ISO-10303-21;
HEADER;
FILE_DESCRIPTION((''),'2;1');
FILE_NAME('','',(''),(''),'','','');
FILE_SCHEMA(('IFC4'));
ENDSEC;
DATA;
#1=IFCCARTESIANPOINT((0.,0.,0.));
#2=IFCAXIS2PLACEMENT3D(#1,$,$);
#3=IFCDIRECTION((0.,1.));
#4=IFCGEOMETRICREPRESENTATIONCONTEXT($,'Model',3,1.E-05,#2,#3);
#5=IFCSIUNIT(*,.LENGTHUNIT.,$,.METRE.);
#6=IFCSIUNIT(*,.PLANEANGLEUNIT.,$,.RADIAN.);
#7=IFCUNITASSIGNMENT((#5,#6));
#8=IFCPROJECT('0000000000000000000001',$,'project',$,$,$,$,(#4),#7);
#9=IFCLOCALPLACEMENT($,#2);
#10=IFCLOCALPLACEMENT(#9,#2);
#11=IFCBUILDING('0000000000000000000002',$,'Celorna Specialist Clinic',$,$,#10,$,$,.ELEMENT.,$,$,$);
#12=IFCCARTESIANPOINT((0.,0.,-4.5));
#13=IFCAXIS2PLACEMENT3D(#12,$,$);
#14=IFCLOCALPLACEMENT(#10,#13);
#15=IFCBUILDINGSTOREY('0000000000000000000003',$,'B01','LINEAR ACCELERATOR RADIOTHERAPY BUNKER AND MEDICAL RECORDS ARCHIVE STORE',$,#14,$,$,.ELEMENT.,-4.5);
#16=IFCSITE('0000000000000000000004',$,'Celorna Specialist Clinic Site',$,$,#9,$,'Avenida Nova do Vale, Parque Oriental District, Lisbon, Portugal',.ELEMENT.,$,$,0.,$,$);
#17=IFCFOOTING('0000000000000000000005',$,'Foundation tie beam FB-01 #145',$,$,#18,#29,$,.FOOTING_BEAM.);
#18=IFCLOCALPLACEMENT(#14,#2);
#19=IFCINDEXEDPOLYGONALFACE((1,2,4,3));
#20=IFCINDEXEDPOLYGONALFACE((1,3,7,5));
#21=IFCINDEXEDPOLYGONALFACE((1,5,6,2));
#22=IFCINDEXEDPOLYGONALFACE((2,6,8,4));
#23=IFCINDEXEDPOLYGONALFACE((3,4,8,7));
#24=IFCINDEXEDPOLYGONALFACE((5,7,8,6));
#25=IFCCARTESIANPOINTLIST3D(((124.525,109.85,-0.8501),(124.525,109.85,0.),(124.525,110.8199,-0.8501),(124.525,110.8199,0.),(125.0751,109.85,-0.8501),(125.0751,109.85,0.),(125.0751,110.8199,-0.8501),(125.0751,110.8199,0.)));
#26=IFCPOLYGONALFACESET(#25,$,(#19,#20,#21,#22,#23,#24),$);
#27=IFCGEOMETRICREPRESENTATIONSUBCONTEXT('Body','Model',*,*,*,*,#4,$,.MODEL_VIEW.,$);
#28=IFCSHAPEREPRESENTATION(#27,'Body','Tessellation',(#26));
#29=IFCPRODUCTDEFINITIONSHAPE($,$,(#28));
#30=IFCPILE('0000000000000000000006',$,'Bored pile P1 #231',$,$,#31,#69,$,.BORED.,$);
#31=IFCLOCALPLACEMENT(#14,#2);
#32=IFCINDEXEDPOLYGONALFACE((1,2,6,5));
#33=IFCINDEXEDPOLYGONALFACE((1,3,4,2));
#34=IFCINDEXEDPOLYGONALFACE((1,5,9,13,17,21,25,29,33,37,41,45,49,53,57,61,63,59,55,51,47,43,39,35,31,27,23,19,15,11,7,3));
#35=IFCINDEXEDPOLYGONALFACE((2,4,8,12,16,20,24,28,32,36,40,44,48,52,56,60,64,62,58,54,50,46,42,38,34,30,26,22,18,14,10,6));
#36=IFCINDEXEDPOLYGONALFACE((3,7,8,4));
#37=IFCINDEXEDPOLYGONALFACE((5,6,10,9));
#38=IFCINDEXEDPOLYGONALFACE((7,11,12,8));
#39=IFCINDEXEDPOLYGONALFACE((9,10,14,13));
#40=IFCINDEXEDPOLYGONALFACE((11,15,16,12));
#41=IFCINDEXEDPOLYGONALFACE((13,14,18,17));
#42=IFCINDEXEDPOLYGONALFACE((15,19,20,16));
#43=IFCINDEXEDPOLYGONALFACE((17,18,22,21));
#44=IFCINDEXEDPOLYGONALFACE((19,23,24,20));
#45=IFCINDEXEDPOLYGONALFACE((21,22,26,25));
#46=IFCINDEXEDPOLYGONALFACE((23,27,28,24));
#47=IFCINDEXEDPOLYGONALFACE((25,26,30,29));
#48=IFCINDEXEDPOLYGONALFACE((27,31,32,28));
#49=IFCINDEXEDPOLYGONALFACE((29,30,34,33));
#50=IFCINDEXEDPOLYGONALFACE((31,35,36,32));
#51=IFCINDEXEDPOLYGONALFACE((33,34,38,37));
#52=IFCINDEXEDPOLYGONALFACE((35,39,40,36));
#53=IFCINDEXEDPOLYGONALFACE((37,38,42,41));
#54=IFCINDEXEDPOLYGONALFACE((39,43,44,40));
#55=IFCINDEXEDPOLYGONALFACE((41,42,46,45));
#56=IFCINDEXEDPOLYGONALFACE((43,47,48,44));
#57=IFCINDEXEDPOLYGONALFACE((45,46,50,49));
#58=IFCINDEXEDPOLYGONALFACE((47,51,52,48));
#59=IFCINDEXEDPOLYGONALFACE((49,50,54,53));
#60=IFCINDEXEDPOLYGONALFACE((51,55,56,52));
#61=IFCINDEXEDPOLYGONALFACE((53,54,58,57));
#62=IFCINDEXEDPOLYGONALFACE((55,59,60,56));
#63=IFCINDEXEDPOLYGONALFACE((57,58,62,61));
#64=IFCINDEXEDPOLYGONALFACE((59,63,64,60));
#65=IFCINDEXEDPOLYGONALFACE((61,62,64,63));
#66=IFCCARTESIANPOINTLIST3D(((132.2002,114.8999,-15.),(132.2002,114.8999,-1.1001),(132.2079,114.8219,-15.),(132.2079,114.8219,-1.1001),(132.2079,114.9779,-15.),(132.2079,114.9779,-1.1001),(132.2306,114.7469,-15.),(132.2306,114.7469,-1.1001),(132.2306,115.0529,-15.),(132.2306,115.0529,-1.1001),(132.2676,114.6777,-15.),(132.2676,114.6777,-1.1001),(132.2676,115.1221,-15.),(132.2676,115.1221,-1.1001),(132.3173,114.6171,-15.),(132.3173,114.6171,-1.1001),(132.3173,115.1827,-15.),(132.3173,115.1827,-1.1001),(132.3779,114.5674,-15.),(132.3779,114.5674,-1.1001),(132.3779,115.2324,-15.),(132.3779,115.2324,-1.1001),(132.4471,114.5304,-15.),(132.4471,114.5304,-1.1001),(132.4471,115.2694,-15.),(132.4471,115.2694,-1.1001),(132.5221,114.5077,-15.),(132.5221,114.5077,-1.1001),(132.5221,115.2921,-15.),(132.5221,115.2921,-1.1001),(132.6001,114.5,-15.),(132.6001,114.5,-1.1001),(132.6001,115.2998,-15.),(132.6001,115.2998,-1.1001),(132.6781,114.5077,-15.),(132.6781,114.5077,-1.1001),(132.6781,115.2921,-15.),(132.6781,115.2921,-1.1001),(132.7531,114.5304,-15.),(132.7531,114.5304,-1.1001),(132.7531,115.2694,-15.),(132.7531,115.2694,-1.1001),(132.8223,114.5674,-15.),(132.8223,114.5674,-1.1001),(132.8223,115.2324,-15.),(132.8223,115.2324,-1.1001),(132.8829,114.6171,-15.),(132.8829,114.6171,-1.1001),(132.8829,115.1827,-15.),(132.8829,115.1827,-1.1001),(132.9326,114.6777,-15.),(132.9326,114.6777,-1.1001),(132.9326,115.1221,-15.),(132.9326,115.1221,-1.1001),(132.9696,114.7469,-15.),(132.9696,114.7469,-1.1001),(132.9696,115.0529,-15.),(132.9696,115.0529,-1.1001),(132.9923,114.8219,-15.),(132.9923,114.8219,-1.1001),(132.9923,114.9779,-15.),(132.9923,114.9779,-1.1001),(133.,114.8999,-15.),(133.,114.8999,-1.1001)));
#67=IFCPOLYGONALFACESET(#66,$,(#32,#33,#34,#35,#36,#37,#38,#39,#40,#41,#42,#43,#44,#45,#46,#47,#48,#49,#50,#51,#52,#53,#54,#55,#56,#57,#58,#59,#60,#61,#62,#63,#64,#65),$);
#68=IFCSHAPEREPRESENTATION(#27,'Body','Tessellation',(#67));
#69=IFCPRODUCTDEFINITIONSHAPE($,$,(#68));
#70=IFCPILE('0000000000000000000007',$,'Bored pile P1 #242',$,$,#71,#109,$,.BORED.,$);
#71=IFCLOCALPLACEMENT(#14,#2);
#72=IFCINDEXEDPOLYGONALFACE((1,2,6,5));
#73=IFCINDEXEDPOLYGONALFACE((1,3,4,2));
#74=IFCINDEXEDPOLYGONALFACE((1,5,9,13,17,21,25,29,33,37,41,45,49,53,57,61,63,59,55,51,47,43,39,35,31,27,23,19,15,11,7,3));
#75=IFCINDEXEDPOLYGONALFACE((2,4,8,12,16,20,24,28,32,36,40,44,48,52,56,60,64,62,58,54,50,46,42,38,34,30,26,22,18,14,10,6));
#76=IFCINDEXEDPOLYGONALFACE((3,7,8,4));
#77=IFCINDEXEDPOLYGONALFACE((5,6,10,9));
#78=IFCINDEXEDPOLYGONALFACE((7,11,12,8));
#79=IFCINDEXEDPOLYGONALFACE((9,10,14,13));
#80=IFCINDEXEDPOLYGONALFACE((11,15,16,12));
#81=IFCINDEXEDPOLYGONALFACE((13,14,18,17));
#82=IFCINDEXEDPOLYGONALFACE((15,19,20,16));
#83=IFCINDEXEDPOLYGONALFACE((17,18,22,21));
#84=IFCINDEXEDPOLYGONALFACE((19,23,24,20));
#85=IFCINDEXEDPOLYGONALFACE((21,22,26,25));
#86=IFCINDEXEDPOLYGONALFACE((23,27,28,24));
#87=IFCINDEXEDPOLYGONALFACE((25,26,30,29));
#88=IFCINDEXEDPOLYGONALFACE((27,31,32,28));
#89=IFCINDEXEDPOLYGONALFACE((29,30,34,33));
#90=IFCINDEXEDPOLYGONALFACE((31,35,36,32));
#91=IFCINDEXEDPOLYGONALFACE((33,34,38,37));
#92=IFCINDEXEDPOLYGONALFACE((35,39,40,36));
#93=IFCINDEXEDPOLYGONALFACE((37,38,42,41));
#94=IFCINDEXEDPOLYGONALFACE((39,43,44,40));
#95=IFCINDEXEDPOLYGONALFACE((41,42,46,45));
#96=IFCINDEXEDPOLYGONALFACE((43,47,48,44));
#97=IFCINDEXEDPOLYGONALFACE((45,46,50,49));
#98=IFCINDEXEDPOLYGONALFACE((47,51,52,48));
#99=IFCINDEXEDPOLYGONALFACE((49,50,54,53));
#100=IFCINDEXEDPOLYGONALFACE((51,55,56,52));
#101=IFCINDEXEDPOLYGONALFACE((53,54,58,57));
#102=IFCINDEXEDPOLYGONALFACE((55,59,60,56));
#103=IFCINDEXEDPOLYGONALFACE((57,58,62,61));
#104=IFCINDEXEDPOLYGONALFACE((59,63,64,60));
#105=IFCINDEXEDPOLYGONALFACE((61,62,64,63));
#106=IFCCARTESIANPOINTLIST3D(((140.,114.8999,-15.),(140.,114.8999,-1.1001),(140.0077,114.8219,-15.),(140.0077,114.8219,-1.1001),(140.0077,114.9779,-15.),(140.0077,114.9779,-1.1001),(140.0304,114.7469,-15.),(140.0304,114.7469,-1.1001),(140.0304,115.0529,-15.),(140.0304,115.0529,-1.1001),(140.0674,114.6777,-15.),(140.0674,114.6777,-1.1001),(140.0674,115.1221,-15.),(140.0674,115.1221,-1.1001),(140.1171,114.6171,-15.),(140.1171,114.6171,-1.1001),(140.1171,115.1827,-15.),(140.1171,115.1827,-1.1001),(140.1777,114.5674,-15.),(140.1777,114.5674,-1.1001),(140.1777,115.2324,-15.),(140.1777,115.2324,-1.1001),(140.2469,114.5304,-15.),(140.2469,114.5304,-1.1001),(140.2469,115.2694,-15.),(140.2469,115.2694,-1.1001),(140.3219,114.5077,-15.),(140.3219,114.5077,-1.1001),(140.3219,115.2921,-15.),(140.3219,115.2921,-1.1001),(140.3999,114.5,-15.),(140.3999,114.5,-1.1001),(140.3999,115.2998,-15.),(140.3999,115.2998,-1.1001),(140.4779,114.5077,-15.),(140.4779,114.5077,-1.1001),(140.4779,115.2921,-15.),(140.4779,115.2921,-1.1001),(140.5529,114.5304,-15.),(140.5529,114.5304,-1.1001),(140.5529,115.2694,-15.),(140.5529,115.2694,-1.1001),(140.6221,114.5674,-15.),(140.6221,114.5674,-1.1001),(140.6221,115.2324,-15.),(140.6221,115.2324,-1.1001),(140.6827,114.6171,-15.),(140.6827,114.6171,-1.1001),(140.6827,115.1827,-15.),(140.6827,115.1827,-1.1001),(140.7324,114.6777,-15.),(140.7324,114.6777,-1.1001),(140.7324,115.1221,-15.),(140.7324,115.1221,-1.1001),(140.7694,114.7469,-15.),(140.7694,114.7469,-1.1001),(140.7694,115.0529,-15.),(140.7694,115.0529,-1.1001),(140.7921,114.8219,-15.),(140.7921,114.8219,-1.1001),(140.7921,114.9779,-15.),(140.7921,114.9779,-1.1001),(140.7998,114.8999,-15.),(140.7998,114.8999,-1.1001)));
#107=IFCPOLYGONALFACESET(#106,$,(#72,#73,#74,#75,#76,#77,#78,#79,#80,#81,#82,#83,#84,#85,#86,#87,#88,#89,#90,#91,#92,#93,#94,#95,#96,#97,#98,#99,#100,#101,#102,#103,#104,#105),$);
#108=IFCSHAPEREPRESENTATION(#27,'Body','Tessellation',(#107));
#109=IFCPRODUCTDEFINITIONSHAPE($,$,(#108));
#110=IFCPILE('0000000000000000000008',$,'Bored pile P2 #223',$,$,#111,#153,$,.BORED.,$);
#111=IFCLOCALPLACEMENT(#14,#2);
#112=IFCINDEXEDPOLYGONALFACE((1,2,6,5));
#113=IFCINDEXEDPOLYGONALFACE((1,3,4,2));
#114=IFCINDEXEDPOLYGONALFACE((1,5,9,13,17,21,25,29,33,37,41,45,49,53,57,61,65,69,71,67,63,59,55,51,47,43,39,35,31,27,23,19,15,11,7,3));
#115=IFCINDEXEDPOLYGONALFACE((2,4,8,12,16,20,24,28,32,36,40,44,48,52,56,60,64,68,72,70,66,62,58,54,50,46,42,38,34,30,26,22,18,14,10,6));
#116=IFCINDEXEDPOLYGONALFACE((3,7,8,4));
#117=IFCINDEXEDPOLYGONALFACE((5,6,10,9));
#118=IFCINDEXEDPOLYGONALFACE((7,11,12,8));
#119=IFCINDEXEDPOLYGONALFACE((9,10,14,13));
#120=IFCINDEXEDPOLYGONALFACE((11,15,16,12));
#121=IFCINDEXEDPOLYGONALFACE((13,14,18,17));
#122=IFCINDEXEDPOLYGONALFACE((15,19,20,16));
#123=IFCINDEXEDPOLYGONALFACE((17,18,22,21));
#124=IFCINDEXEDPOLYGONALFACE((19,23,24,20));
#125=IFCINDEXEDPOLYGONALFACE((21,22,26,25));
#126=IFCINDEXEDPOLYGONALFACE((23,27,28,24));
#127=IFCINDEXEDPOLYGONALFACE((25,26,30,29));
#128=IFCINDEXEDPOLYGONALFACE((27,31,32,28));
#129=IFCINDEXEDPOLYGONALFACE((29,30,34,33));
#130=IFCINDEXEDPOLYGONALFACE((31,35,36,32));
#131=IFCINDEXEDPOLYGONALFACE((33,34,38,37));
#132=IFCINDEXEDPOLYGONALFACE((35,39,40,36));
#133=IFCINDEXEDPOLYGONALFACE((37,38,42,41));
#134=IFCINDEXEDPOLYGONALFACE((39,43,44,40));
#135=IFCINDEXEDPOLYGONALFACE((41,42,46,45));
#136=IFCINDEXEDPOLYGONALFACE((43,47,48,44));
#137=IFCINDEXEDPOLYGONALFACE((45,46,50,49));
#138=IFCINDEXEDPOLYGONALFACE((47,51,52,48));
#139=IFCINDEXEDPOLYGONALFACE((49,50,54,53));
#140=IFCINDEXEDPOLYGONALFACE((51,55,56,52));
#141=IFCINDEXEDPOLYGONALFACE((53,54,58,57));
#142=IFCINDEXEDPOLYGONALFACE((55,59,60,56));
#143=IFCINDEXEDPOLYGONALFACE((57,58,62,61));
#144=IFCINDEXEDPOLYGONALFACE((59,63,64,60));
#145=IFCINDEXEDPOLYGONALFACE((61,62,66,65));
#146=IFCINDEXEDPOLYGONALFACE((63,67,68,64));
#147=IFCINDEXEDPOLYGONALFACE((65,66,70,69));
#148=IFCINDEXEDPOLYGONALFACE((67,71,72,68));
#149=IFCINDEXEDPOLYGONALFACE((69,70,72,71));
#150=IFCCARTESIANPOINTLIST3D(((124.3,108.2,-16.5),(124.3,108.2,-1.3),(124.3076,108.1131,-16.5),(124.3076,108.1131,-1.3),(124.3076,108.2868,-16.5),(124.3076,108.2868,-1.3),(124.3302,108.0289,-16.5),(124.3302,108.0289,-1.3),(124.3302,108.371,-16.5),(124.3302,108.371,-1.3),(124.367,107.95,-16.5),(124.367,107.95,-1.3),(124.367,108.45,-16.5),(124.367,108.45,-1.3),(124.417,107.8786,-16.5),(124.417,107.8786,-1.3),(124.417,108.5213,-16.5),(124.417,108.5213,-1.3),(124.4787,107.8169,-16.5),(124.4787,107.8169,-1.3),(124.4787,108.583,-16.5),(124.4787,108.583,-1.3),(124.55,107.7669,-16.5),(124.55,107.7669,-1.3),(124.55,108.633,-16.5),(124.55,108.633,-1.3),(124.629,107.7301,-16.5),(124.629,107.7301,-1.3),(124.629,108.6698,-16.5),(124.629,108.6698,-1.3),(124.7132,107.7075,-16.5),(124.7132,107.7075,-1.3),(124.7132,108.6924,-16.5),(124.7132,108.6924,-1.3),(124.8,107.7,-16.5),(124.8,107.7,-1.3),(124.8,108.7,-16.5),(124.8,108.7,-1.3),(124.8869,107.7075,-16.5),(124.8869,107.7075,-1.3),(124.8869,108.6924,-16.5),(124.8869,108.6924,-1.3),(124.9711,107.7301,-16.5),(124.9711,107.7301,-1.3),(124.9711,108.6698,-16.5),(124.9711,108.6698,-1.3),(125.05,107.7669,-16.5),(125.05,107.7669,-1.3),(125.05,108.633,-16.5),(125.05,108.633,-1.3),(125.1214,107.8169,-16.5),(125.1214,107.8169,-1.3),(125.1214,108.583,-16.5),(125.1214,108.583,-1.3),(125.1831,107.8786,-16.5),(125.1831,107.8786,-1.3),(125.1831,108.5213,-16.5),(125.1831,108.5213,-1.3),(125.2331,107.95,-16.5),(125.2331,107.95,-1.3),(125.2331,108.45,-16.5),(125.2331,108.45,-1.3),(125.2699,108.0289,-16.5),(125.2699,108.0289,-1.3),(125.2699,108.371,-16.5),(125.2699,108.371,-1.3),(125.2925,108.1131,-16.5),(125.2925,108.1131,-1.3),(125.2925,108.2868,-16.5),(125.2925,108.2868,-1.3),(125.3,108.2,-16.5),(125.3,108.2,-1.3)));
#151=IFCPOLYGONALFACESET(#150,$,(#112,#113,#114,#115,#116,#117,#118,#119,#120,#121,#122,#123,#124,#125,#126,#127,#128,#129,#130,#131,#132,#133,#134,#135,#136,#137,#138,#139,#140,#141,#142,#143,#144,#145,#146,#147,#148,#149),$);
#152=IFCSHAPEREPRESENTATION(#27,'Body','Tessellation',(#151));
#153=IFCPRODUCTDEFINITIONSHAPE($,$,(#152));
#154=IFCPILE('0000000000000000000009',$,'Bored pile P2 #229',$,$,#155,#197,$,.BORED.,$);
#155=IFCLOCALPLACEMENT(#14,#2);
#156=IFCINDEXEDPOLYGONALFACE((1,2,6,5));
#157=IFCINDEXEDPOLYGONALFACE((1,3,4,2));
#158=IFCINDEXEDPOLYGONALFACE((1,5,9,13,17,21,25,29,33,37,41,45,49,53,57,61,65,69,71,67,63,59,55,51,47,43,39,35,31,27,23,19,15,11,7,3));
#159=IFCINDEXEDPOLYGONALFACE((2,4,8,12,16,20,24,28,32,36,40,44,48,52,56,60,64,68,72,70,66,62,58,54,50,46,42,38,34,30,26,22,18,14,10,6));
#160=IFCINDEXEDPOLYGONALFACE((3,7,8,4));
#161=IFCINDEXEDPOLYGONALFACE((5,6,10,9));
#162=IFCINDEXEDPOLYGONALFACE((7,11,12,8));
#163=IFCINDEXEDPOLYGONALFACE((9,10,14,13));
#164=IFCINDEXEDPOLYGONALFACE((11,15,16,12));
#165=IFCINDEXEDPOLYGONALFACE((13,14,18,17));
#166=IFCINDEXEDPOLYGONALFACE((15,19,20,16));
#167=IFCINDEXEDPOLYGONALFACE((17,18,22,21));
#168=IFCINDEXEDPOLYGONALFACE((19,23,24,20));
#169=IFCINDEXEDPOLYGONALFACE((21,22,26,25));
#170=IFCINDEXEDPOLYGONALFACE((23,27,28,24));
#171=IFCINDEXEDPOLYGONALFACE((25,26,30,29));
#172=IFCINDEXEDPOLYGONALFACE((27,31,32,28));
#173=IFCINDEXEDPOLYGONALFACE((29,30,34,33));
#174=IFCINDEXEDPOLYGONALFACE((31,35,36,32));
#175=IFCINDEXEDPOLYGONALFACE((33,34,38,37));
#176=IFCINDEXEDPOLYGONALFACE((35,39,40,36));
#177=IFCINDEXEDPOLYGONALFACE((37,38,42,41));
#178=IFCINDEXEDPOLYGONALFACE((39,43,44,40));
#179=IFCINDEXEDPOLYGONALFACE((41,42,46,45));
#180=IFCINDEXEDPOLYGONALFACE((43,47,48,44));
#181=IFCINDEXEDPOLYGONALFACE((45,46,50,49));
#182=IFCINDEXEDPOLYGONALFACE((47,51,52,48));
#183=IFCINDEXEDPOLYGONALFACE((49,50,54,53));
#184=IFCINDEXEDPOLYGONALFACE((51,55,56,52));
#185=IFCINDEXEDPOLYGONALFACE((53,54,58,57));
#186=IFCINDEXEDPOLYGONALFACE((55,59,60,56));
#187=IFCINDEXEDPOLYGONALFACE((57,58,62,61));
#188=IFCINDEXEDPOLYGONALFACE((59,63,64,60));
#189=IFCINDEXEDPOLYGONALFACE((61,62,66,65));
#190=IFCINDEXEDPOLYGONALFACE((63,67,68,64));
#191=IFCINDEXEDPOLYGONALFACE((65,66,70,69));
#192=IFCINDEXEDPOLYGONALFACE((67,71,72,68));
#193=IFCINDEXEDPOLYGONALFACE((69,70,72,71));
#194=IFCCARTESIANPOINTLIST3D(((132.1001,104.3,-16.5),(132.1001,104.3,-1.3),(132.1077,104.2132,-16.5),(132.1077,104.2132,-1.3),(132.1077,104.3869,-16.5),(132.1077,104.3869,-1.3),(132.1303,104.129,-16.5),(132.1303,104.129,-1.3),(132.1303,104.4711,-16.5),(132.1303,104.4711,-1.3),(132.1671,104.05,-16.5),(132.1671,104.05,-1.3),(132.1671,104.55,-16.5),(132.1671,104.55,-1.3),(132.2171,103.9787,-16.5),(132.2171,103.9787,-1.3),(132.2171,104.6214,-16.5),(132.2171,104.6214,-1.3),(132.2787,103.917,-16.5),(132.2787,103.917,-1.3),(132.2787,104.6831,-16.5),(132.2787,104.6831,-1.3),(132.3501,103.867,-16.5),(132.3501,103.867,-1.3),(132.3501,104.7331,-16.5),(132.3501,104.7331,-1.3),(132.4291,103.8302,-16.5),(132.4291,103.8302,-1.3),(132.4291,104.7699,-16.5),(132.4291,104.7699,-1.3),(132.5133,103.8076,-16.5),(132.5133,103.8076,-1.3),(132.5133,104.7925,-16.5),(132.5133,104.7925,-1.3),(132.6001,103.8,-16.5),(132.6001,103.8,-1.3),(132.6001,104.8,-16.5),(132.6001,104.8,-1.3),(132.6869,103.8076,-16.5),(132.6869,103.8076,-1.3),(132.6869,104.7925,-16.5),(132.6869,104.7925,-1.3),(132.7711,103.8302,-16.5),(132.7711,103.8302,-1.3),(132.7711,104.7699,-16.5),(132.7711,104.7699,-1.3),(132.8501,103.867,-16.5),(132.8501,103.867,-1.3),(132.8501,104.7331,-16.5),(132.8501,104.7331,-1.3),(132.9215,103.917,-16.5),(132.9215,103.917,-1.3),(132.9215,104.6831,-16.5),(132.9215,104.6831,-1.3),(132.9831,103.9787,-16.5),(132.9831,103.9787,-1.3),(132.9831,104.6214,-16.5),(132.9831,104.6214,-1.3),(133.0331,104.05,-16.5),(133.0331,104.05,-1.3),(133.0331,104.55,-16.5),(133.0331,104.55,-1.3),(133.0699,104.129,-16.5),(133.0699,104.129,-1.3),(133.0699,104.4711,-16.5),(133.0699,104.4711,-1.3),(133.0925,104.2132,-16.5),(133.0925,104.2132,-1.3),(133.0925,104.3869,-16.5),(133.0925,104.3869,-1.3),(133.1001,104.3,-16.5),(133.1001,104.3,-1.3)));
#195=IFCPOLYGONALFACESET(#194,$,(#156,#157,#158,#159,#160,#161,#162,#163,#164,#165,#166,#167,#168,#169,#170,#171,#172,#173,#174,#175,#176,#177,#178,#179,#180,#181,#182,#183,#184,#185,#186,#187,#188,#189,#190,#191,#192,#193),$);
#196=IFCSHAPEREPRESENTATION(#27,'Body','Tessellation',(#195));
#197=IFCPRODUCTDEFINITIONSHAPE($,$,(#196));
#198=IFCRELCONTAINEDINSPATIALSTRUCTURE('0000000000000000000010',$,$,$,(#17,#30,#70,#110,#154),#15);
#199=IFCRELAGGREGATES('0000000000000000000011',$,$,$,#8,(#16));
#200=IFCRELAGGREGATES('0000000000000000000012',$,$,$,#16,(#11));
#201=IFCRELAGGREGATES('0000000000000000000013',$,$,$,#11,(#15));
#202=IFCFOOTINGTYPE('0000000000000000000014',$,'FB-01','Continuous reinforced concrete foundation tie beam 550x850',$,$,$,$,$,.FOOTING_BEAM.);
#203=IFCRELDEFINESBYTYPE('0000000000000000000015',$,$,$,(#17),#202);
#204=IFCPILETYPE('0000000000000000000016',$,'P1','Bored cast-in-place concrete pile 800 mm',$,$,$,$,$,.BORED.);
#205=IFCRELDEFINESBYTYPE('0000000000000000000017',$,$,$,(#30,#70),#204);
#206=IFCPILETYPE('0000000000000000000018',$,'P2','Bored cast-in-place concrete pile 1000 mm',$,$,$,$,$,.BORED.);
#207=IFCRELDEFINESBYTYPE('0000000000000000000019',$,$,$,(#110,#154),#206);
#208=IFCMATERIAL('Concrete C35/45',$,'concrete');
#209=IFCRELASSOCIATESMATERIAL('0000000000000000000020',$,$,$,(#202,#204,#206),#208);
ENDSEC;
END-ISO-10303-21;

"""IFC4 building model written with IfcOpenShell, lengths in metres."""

from ifc_helpers import new_model, si_unit, direction, frame, origin, origin_2d, place, context, subcontext, project, spatial, rectangle, circle, extrude, material, material_profile, profile_set, type_object, element, save


model = new_model("IFC4")

# Units and contexts
model_context = context("Model", 3, precision=1e-05, world=origin(), true_north=direction((0.0, 1.0)))
body_context = subcontext(model_context, "Body", "Model", "MODEL_VIEW")
ifc_project = project(units=[si_unit("LENGTHUNIT", "METRE"), si_unit("PLANEANGLEUNIT", "RADIAN")], contexts=[model_context])

# Site, building, storey
site_placement = place(None, origin())
site = spatial("IfcSite", under=ifc_project, at=site_placement, Name="Celorna Specialist Clinic Site", LongName="Avenida Nova do Vale, Parque Oriental District, Lisbon, Portugal", CompositionType="ELEMENT", RefElevation=0.0)
building_placement = place(site_placement, origin())
building = spatial("IfcBuilding", under=site, at=building_placement, Name="Celorna Specialist Clinic", CompositionType="ELEMENT")
storey_placement = place(building_placement, frame((0.0, 0.0, -4.5)))
storey = spatial("IfcBuildingStorey", under=building, at=storey_placement, Name="B01", Description="LINEAR ACCELERATOR RADIOTHERAPY BUNKER AND MEDICAL RECORDS ARCHIVE STORE", CompositionType="ELEMENT", Elevation=-4.5)

# Footing
ifc_material_1 = material(Name="Concrete C35/45", Category="concrete")
footing_type_1 = type_object("IfcFootingType", Name="FB-01", Description="Continuous reinforced concrete foundation tie beam 550x850", PredefinedType="FOOTING_BEAM", material=ifc_material_1)
footing_placement = place(storey_placement, frame((124.8, 110.335, -0.8501), z_axis=(0.0, 0.0, 1.0), x_axis=(0.0, 1.0, 0.0)))
element("IfcFooting", 1, at=footing_placement, inside=storey, type_object=footing_type_1, Name="Foundation tie beam FB-01 #145", PredefinedType="FOOTING_BEAM", context=body_context, shape_type="SweptSolid", body=[
    extrude(rectangle(XDim=0.97, YDim=0.55, at=origin_2d()), origin(), (0.0, 0.0, 1.0), 0.8501),
])

# Piles
ifc_material_profile_1 = material_profile(ifc_material_1, circle(Radius=0.3999, at=origin_2d()), Name="BORED PILE 800")
ifc_profile_set_1 = profile_set([ifc_material_profile_1], Name="Concrete C35/45")
pile_type_1 = type_object("IfcPileType", Name="P1", Description="Bored cast-in-place concrete pile 800 mm", PredefinedType="BORED", material=ifc_profile_set_1)
for number, where, z_axis, x_axis, name in (
    (2, (132.6001, 114.8999, -1.1001), (0.0, 0.0, -1.0), (1.0, 0.0, 0.0), "Bored pile P1 #231"),
    (3, (140.3999, 114.8999, -1.1001), (0.0, 0.0, -1.0), (1.0, 0.0, 0.0), "Bored pile P1 #242"),
):
    element("IfcPile", number, at=place(storey_placement, frame(where, z_axis=z_axis, x_axis=x_axis)), inside=storey, type_object=pile_type_1, Name=name, PredefinedType="BORED", context=body_context, shape_type="SweptSolid", body=[
        extrude(circle(Radius=0.3999, at=origin_2d()), origin(), (0.0, 0.0, 1.0), 13.8999),
    ])
ifc_material_profile_2 = material_profile(ifc_material_1, circle(Radius=0.5, at=origin_2d()), Name="BORED PILE 1000")
ifc_profile_set_2 = profile_set([ifc_material_profile_2], Name="Concrete C35/45")
pile_type_2 = type_object("IfcPileType", Name="P2", Description="Bored cast-in-place concrete pile 1000 mm", PredefinedType="BORED", material=ifc_profile_set_2)
for number, where, z_axis, x_axis, name in (
    (4, (124.8, 108.2, -1.3), (0.0, 0.0, -1.0), (1.0, 0.0, 0.0), "Bored pile P2 #223"),
    (5, (132.6001, 104.3, -1.3), (0.0, 0.0, -1.0), (1.0, 0.0, 0.0), "Bored pile P2 #229"),
):
    element("IfcPile", number, at=place(storey_placement, frame(where, z_axis=z_axis, x_axis=x_axis)), inside=storey, type_object=pile_type_2, Name=name, PredefinedType="BORED", context=body_context, shape_type="SweptSolid", body=[
        extrude(circle(Radius=0.5, at=origin_2d()), origin(), (0.0, 0.0, 1.0), 15.2),
    ])

save(model, "model.ifc")
